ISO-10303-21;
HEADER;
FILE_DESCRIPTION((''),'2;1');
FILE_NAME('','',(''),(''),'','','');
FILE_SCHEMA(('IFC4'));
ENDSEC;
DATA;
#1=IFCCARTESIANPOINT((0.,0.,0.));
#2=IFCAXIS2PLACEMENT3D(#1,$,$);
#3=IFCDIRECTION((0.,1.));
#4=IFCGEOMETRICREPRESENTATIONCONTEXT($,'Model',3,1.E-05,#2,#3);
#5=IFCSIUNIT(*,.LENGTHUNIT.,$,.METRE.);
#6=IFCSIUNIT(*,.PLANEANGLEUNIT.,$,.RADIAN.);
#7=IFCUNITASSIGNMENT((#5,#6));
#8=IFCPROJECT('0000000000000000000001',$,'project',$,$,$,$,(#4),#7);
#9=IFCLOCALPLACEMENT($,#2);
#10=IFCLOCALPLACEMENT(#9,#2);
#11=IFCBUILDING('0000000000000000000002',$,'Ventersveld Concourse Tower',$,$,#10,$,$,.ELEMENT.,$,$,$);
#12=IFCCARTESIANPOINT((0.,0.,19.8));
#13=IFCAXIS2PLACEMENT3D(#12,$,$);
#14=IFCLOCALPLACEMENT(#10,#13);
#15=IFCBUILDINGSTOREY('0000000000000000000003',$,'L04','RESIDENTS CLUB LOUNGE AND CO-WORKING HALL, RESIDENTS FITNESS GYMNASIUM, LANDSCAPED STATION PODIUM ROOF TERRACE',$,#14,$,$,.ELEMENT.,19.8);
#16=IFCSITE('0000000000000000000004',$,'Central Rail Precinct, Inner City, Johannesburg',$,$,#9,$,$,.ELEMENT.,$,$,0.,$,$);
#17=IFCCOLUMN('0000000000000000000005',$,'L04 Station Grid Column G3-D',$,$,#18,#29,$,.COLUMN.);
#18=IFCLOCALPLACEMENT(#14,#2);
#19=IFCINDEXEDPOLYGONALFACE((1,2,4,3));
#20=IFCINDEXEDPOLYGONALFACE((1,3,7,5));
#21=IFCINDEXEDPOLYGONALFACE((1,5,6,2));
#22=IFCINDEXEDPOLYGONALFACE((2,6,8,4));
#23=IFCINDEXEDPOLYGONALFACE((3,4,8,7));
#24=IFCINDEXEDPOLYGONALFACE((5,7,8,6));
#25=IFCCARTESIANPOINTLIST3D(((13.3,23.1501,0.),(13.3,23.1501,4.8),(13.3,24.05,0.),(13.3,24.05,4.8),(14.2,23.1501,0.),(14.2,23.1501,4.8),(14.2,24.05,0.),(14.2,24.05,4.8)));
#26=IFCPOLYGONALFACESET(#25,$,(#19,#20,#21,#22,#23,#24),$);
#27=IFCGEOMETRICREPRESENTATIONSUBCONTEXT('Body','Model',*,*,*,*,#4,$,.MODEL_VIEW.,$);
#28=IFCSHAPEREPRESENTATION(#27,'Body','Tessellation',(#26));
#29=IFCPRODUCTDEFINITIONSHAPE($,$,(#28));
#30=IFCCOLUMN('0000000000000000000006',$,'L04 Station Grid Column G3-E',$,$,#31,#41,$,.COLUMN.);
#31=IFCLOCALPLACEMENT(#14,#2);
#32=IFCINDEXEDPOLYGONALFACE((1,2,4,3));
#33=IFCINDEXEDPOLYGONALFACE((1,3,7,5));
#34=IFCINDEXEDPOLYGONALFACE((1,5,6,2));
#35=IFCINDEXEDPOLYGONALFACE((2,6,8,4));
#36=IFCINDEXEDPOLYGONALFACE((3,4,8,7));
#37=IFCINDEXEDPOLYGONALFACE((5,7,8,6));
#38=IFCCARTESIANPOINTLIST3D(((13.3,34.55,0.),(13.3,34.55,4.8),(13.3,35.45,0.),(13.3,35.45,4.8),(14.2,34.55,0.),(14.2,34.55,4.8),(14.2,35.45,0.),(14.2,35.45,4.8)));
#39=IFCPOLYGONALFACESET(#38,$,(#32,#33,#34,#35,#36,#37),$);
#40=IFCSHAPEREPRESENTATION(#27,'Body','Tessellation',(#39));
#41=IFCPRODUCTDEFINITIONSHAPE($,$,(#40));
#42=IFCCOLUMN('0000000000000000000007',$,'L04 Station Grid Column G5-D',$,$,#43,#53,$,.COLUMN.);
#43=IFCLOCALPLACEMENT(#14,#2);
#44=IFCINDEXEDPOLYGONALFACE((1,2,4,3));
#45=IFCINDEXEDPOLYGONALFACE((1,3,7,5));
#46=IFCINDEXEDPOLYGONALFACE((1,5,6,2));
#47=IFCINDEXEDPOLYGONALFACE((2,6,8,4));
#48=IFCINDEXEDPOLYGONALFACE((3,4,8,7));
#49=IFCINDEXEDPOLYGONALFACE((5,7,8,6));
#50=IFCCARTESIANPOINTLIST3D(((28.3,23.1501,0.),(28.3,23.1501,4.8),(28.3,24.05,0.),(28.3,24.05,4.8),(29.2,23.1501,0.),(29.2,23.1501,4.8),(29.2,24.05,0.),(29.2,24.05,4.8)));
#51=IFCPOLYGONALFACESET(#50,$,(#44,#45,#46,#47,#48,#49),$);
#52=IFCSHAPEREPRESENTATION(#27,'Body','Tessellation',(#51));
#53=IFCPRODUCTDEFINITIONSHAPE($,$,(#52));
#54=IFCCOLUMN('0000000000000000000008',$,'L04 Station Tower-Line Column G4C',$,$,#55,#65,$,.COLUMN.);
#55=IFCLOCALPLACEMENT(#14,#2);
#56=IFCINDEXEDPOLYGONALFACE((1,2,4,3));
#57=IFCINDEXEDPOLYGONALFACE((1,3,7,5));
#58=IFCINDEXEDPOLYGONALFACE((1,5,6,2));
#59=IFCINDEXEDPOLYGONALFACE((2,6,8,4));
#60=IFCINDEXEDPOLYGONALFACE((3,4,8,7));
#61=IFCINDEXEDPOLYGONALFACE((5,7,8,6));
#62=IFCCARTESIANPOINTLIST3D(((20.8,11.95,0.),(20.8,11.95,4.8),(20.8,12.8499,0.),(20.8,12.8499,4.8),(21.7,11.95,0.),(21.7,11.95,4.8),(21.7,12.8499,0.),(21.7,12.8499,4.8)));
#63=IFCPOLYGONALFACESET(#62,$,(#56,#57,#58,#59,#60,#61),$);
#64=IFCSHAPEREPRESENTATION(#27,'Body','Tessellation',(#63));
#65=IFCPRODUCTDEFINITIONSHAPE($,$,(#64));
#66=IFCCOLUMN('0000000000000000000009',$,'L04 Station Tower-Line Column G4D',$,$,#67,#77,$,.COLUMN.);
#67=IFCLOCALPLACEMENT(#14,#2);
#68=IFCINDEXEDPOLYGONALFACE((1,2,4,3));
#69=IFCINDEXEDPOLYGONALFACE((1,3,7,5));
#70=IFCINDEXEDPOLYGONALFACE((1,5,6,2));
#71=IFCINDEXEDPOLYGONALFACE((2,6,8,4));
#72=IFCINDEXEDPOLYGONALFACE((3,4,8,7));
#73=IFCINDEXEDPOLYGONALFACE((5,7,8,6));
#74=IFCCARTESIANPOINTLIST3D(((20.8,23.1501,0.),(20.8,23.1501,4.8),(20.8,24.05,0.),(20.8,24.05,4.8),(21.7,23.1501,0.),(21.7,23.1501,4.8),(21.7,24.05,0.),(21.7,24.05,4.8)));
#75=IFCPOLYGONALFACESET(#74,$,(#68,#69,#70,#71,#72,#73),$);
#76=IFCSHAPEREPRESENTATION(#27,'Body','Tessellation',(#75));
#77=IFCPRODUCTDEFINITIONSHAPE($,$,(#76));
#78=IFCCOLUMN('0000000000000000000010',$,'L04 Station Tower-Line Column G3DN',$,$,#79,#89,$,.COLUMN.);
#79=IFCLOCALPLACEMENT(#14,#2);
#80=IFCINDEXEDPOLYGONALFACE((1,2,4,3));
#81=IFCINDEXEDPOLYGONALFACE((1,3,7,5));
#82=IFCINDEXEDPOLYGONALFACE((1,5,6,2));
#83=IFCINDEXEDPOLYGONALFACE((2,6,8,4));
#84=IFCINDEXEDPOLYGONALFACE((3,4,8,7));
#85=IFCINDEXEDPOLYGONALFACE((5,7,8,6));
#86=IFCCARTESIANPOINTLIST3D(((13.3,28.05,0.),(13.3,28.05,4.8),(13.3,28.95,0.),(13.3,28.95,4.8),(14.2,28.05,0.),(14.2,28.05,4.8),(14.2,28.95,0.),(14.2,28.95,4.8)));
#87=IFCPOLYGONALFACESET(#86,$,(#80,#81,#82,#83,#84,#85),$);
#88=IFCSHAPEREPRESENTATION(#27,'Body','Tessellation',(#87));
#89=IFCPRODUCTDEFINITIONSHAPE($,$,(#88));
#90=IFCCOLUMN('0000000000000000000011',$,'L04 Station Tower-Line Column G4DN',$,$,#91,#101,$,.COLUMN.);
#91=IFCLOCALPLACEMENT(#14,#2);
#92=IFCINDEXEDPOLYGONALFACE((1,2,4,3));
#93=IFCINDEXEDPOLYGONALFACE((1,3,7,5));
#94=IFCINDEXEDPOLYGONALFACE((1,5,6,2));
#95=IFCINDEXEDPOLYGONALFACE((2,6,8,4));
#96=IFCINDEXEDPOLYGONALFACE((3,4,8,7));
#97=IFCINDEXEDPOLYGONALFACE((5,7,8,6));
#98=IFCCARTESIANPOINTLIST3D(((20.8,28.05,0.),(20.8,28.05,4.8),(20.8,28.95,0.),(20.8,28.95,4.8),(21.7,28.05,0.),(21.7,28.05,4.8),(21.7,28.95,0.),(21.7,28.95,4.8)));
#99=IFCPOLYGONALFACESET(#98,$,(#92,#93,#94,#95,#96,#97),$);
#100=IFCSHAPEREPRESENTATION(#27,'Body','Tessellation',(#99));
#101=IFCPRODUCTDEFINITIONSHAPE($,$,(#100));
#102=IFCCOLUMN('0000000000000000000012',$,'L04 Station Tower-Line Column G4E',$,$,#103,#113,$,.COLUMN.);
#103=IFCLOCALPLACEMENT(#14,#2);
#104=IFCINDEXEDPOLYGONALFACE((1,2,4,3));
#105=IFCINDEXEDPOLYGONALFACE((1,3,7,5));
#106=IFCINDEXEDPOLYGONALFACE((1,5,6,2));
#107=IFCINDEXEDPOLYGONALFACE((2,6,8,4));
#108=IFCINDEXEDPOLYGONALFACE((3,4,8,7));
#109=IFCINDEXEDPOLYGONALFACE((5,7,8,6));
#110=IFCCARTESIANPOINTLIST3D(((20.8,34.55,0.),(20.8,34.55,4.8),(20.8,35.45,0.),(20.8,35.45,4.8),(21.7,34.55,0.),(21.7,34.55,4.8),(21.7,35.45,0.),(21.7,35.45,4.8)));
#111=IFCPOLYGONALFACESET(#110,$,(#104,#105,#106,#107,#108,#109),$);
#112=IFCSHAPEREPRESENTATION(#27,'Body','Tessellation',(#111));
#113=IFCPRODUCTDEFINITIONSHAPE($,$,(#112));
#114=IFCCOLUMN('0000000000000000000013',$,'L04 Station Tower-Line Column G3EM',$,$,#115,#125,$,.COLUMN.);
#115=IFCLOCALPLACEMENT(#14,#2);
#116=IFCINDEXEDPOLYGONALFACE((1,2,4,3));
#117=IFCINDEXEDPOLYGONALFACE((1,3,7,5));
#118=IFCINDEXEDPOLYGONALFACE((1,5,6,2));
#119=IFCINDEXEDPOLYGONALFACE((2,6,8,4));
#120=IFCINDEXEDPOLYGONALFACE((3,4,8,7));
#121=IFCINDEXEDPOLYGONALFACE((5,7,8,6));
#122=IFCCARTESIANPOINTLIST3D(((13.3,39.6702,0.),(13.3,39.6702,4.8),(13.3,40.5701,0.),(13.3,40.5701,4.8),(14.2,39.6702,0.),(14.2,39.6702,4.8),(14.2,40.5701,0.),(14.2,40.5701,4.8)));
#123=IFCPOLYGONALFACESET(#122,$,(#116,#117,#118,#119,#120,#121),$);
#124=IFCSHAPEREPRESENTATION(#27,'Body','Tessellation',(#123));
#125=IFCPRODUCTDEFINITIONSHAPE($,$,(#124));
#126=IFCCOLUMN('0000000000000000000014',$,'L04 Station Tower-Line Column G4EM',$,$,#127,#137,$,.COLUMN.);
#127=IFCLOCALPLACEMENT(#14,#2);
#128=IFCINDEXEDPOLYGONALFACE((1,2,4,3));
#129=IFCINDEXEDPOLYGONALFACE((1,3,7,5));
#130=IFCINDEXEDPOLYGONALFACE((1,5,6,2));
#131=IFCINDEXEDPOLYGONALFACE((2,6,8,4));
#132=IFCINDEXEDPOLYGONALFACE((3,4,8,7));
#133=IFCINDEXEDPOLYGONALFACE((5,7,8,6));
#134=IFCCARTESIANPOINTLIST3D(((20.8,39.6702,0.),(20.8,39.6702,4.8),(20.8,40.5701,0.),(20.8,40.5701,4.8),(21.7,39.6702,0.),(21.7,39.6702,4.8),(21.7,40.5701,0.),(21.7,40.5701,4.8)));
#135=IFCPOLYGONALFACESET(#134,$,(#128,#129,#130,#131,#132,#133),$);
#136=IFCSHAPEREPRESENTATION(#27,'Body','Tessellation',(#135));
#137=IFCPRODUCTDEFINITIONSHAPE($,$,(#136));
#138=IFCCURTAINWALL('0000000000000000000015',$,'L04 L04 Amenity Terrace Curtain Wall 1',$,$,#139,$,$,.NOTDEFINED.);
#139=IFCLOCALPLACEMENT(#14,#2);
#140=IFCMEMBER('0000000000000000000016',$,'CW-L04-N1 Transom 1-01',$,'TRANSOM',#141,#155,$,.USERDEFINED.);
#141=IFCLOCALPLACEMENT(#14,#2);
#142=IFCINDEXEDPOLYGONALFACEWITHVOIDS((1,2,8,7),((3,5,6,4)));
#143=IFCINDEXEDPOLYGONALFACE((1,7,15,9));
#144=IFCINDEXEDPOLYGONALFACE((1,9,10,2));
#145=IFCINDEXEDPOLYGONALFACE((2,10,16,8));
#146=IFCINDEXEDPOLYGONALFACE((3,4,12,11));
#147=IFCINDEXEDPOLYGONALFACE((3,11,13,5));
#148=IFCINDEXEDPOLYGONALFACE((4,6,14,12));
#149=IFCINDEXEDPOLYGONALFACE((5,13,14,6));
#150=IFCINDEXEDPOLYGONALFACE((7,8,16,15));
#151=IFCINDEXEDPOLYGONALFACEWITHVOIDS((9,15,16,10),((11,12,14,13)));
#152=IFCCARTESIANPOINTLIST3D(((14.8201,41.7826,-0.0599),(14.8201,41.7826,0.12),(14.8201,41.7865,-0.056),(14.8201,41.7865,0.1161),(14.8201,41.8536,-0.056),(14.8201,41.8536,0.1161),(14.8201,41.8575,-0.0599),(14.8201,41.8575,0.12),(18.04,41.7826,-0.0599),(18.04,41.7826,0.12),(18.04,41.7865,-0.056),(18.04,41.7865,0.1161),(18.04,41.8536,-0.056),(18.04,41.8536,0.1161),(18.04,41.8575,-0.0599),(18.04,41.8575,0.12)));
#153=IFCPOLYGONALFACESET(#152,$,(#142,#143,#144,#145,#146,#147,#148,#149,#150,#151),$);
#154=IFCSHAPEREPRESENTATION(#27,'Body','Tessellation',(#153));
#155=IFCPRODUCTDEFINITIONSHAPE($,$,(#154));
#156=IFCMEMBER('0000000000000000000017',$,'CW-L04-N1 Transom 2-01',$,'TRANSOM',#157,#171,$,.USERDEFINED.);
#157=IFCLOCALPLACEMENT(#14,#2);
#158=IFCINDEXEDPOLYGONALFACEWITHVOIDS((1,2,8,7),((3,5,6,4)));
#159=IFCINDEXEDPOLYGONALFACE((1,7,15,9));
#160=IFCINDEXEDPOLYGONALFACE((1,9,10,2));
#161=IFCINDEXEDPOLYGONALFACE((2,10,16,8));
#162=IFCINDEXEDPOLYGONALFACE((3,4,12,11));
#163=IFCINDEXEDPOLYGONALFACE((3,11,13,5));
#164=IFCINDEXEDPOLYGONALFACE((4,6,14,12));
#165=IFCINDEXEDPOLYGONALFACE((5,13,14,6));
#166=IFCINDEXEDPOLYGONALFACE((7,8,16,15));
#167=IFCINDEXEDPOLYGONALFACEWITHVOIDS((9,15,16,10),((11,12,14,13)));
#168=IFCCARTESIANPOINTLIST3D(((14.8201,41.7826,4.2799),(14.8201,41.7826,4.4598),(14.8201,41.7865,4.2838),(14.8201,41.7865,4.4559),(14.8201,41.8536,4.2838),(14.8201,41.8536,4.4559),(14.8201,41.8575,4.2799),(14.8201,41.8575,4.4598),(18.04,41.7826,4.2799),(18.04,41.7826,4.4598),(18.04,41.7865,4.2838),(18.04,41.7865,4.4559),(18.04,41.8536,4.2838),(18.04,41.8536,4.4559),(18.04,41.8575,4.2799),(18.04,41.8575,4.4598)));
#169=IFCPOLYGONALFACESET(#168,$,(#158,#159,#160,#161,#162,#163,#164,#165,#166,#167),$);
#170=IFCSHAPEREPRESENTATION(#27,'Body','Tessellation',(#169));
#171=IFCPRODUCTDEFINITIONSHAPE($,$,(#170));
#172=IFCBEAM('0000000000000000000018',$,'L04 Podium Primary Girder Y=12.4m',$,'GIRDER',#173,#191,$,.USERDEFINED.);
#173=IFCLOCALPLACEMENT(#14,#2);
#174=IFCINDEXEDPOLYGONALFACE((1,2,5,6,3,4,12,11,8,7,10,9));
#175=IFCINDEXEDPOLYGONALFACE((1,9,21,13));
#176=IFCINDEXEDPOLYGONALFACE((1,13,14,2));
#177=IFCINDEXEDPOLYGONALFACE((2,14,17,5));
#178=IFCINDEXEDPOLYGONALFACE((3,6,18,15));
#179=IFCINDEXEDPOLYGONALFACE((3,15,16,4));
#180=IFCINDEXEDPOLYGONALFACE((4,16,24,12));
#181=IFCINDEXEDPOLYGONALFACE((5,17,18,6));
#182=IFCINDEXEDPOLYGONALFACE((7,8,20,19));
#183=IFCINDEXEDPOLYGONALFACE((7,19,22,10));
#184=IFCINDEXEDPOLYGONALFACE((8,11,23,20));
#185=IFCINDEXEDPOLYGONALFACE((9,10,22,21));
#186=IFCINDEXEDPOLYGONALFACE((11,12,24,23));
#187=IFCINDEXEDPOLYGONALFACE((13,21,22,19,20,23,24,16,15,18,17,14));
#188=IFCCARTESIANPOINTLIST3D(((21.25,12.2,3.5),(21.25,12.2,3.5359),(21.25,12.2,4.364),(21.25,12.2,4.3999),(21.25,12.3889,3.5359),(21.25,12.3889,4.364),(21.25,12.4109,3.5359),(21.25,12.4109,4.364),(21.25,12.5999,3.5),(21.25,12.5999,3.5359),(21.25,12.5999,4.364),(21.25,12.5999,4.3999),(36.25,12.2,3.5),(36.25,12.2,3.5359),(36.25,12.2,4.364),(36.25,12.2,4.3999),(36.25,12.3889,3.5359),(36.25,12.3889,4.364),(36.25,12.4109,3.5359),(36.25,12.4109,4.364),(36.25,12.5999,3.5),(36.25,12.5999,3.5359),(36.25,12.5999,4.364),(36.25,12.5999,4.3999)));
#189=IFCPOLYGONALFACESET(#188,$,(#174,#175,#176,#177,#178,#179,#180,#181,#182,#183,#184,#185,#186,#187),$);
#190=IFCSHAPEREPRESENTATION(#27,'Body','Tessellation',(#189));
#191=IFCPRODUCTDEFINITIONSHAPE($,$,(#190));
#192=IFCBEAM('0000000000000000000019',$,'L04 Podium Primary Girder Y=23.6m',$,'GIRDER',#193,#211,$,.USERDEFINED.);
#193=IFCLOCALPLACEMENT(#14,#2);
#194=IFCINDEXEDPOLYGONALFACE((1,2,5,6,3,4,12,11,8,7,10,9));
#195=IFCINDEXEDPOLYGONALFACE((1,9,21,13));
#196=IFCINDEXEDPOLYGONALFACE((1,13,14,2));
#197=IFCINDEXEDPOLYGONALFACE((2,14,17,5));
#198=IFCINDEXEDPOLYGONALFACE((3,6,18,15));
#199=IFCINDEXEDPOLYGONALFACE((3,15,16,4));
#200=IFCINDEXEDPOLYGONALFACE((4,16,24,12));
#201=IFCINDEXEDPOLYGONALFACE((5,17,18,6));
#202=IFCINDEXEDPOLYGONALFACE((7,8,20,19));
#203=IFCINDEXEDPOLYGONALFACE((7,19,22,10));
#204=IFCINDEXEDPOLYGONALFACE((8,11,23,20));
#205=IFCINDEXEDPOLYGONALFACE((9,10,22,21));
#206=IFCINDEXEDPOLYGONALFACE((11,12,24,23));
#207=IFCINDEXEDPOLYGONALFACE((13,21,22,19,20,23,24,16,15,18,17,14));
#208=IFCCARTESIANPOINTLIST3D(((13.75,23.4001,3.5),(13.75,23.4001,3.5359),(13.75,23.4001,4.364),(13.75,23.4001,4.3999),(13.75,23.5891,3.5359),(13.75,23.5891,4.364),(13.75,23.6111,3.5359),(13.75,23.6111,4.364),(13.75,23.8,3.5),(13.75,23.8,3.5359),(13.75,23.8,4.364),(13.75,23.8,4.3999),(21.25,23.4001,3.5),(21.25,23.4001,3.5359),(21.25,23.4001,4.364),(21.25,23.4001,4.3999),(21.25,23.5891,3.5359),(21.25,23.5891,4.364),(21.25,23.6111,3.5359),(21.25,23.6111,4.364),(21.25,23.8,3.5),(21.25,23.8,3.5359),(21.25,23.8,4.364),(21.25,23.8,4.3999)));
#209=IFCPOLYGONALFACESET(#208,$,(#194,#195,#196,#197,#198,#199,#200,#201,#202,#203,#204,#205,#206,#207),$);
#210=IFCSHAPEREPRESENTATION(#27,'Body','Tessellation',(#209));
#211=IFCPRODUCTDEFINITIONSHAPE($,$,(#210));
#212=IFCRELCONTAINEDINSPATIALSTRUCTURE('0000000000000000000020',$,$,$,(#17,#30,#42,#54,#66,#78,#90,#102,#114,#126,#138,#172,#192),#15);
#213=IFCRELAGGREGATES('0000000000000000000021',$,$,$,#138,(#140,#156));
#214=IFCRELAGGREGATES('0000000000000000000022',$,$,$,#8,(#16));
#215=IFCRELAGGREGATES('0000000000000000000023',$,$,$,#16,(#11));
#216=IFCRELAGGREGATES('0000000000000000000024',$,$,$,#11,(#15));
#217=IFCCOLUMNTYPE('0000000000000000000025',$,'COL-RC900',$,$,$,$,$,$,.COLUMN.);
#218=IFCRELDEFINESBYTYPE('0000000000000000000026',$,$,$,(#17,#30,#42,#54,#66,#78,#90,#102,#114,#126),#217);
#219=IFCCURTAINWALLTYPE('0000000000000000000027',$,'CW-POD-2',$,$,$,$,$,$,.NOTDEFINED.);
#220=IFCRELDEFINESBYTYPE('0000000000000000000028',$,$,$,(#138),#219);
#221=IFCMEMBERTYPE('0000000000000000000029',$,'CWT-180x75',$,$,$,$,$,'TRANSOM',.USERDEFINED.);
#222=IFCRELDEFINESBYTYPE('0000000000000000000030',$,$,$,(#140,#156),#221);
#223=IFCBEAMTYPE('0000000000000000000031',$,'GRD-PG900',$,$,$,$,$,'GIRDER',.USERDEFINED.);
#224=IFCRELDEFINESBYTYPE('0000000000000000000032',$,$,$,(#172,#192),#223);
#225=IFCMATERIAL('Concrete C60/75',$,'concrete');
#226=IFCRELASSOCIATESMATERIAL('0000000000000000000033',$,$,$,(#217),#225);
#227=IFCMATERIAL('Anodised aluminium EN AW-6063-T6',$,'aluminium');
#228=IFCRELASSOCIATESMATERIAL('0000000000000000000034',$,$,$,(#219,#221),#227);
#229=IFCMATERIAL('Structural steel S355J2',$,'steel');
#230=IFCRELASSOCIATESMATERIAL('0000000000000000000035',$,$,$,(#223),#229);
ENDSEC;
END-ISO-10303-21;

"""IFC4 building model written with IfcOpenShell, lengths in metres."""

from ifc_helpers import new_model, si_unit, direction, frame, origin, origin_2d, place, context, subcontext, project, spatial, rectangle, hollow_rectangle, i_section, extrude, material, material_profile, profile_set, type_object, element, aggregate, save


model = new_model("IFC4")

# Units and contexts
model_context = context("Model", 3, precision=1e-05, world=origin(), true_north=direction((0.0, 1.0)))
body_context = subcontext(model_context, "Body", "Model", "MODEL_VIEW")
ifc_project = project(units=[si_unit("LENGTHUNIT", "METRE"), si_unit("PLANEANGLEUNIT", "RADIAN")], contexts=[model_context])

# Site, building, storey
site_placement = place(None, origin())
site = spatial("IfcSite", under=ifc_project, at=site_placement, Name="Central Rail Precinct, Inner City, Johannesburg", CompositionType="ELEMENT", RefElevation=0.0)
building_placement = place(site_placement, origin())
building = spatial("IfcBuilding", under=site, at=building_placement, Name="Ventersveld Concourse Tower", CompositionType="ELEMENT")
storey_placement = place(building_placement, frame((0.0, 0.0, 19.8)))
storey = spatial("IfcBuildingStorey", under=building, at=storey_placement, Name="L04", Description="RESIDENTS CLUB LOUNGE AND CO-WORKING HALL, RESIDENTS FITNESS GYMNASIUM, LANDSCAPED STATION PODIUM ROOF TERRACE", CompositionType="ELEMENT", Elevation=19.8)

# Columns
ifc_material_1 = material(Name="Concrete C60/75", Category="concrete")
ifc_material_profile_1 = material_profile(ifc_material_1, rectangle(XDim=0.8999, YDim=0.8999, at=origin_2d()), Name="RC 900x900")
ifc_profile_set_1 = profile_set([ifc_material_profile_1], Name="Concrete C60/75")
column_type = type_object("IfcColumnType", Name="COL-RC900", PredefinedType="COLUMN", material=ifc_profile_set_1)
for number, where, z_axis, x_axis, name in (
    (1, (13.75, 23.6001, 0.0), (0.0, 0.0, 1.0), (1.0, 0.0, 0.0), "L04 Station Grid Column G3-D"),
    (2, (13.75, 35.0, 0.0), (0.0, 0.0, 1.0), (1.0, 0.0, 0.0), "L04 Station Grid Column G3-E"),
    (3, (28.75, 23.6001, 0.0), (0.0, 0.0, 1.0), (1.0, 0.0, 0.0), "L04 Station Grid Column G5-D"),
    (4, (21.25, 12.3999, 0.0), (0.0, 0.0, 1.0), (1.0, 0.0, 0.0), "L04 Station Tower-Line Column G4C"),
    (5, (21.25, 23.6001, 0.0), (0.0, 0.0, 1.0), (1.0, 0.0, 0.0), "L04 Station Tower-Line Column G4D"),
    (6, (13.75, 28.5, 0.0), (0.0, 0.0, 1.0), (1.0, 0.0, 0.0), "L04 Station Tower-Line Column G3DN"),
    (7, (21.25, 28.5, 0.0), (0.0, 0.0, 1.0), (1.0, 0.0, 0.0), "L04 Station Tower-Line Column G4DN"),
    (8, (21.25, 35.0, 0.0), (0.0, 0.0, 1.0), (1.0, 0.0, 0.0), "L04 Station Tower-Line Column G4E"),
    (9, (13.75, 40.1201, 0.0), (0.0, 0.0, 1.0), (1.0, 0.0, 0.0), "L04 Station Tower-Line Column G3EM"),
    (10, (21.25, 40.1201, 0.0), (0.0, 0.0, 1.0), (1.0, 0.0, 0.0), "L04 Station Tower-Line Column G4EM"),
):
    element("IfcColumn", number, at=place(storey_placement, frame(where, z_axis=z_axis, x_axis=x_axis)), inside=storey, type_object=column_type, Name=name, PredefinedType="COLUMN", context=body_context, shape_type="SweptSolid", body=[
        extrude(rectangle(XDim=0.8999, YDim=0.8999, at=origin_2d()), origin(), (0.0, 0.0, 1.0), 4.8),
    ])

# Curtain wall, members
ifc_material_2 = material(Name="Anodised aluminium EN AW-6063-T6", Category="aluminium")
curtain_wall_type = type_object("IfcCurtainWallType", Name="CW-POD-2", PredefinedType="NOTDEFINED", material=ifc_material_2)
curtain_wall_placement = place(storey_placement, origin())
curtain_wall = element("IfcCurtainWall", 11, at=curtain_wall_placement, inside=storey, type_object=curtain_wall_type, Name="L04 L04 Amenity Terrace Curtain Wall 1", PredefinedType="NOTDEFINED")
ifc_material_profile_2 = material_profile(ifc_material_2, hollow_rectangle(XDim=0.075, YDim=0.1799, WallThickness=0.0039, at=origin_2d()), Name="ALU 180x75x4")
ifc_profile_set_2 = profile_set([ifc_material_profile_2], Name="Anodised aluminium EN AW-6063-T6")
member_type = type_object("IfcMemberType", Name="CWT-180x75", ElementType="TRANSOM", PredefinedType="USERDEFINED", material=ifc_profile_set_2)
member_1_placement = place(storey_placement, frame((14.8201, 41.8201, 0.03), z_axis=(1.0, 0.0, 0.0), x_axis=(0.0, 1.0, 0.0)))
member_1 = element("IfcMember", 12, at=member_1_placement, type_object=member_type, Name="CW-L04-N1 Transom 1-01", ObjectType="TRANSOM", PredefinedType="USERDEFINED", context=body_context, shape_type="SweptSolid", body=[
    extrude(hollow_rectangle(XDim=0.075, YDim=0.1799, WallThickness=0.0039, at=origin_2d()), origin(), (0.0, 0.0, 1.0), 3.22),
])
member_2_placement = place(storey_placement, frame((14.8201, 41.8201, 4.3699), z_axis=(1.0, 0.0, 0.0), x_axis=(0.0, 1.0, 0.0)))
member_2 = element("IfcMember", 13, at=member_2_placement, type_object=member_type, Name="CW-L04-N1 Transom 2-01", ObjectType="TRANSOM", PredefinedType="USERDEFINED", context=body_context, shape_type="SweptSolid", body=[
    extrude(hollow_rectangle(XDim=0.075, YDim=0.1799, WallThickness=0.0039, at=origin_2d()), origin(), (0.0, 0.0, 1.0), 3.22),
])
aggregate(curtain_wall, [member_1, member_2])

# Beams
ifc_material_3 = material(Name="Structural steel S355J2", Category="steel")
ifc_material_profile_3 = material_profile(ifc_material_3, i_section(OverallWidth=0.3999, OverallDepth=0.8999, WebThickness=0.022, FlangeThickness=0.0359, at=origin_2d()), Name="PG 900x400x36")
ifc_profile_set_3 = profile_set([ifc_material_profile_3], Name="Structural steel S355J2")
beam_type_1 = type_object("IfcBeamType", Name="GRD-PG900", ElementType="GIRDER", PredefinedType="USERDEFINED", material=ifc_profile_set_3)
beam_1_placement = place(storey_placement, frame((21.25, 12.3999, 3.95), z_axis=(1.0, 0.0, 0.0), x_axis=(0.0, 1.0, 0.0)))
element("IfcBeam", 14, at=beam_1_placement, inside=storey, type_object=beam_type_1, Name="L04 Podium Primary Girder Y=12.4m", ObjectType="GIRDER", PredefinedType="USERDEFINED", context=body_context, shape_type="SweptSolid", body=[
    extrude(i_section(OverallWidth=0.3999, OverallDepth=0.8999, WebThickness=0.022, FlangeThickness=0.0359, at=origin_2d()), origin(), (0.0, 0.0, 1.0), 15.0),
])
for number, where, z_axis, x_axis, name in (
    (15, (13.75, 23.6001, 3.95), (1.0, 0.0, 0.0), (0.0, 1.0, 0.0), "L04 Podium Primary Girder Y=23.6m"),
):
    element("IfcBeam", number, at=place(storey_placement, frame(where, z_axis=z_axis, x_axis=x_axis)), inside=storey, type_object=beam_type_1, Name=name, ObjectType="GIRDER", PredefinedType="USERDEFINED", context=body_context, shape_type="SweptSolid", body=[
        extrude(i_section(OverallWidth=0.3999, OverallDepth=0.8999, WebThickness=0.022, FlangeThickness=0.0359, at=origin_2d()), origin(), (0.0, 0.0, 1.0), 7.5),
    ])

save(model, "model.ifc")
